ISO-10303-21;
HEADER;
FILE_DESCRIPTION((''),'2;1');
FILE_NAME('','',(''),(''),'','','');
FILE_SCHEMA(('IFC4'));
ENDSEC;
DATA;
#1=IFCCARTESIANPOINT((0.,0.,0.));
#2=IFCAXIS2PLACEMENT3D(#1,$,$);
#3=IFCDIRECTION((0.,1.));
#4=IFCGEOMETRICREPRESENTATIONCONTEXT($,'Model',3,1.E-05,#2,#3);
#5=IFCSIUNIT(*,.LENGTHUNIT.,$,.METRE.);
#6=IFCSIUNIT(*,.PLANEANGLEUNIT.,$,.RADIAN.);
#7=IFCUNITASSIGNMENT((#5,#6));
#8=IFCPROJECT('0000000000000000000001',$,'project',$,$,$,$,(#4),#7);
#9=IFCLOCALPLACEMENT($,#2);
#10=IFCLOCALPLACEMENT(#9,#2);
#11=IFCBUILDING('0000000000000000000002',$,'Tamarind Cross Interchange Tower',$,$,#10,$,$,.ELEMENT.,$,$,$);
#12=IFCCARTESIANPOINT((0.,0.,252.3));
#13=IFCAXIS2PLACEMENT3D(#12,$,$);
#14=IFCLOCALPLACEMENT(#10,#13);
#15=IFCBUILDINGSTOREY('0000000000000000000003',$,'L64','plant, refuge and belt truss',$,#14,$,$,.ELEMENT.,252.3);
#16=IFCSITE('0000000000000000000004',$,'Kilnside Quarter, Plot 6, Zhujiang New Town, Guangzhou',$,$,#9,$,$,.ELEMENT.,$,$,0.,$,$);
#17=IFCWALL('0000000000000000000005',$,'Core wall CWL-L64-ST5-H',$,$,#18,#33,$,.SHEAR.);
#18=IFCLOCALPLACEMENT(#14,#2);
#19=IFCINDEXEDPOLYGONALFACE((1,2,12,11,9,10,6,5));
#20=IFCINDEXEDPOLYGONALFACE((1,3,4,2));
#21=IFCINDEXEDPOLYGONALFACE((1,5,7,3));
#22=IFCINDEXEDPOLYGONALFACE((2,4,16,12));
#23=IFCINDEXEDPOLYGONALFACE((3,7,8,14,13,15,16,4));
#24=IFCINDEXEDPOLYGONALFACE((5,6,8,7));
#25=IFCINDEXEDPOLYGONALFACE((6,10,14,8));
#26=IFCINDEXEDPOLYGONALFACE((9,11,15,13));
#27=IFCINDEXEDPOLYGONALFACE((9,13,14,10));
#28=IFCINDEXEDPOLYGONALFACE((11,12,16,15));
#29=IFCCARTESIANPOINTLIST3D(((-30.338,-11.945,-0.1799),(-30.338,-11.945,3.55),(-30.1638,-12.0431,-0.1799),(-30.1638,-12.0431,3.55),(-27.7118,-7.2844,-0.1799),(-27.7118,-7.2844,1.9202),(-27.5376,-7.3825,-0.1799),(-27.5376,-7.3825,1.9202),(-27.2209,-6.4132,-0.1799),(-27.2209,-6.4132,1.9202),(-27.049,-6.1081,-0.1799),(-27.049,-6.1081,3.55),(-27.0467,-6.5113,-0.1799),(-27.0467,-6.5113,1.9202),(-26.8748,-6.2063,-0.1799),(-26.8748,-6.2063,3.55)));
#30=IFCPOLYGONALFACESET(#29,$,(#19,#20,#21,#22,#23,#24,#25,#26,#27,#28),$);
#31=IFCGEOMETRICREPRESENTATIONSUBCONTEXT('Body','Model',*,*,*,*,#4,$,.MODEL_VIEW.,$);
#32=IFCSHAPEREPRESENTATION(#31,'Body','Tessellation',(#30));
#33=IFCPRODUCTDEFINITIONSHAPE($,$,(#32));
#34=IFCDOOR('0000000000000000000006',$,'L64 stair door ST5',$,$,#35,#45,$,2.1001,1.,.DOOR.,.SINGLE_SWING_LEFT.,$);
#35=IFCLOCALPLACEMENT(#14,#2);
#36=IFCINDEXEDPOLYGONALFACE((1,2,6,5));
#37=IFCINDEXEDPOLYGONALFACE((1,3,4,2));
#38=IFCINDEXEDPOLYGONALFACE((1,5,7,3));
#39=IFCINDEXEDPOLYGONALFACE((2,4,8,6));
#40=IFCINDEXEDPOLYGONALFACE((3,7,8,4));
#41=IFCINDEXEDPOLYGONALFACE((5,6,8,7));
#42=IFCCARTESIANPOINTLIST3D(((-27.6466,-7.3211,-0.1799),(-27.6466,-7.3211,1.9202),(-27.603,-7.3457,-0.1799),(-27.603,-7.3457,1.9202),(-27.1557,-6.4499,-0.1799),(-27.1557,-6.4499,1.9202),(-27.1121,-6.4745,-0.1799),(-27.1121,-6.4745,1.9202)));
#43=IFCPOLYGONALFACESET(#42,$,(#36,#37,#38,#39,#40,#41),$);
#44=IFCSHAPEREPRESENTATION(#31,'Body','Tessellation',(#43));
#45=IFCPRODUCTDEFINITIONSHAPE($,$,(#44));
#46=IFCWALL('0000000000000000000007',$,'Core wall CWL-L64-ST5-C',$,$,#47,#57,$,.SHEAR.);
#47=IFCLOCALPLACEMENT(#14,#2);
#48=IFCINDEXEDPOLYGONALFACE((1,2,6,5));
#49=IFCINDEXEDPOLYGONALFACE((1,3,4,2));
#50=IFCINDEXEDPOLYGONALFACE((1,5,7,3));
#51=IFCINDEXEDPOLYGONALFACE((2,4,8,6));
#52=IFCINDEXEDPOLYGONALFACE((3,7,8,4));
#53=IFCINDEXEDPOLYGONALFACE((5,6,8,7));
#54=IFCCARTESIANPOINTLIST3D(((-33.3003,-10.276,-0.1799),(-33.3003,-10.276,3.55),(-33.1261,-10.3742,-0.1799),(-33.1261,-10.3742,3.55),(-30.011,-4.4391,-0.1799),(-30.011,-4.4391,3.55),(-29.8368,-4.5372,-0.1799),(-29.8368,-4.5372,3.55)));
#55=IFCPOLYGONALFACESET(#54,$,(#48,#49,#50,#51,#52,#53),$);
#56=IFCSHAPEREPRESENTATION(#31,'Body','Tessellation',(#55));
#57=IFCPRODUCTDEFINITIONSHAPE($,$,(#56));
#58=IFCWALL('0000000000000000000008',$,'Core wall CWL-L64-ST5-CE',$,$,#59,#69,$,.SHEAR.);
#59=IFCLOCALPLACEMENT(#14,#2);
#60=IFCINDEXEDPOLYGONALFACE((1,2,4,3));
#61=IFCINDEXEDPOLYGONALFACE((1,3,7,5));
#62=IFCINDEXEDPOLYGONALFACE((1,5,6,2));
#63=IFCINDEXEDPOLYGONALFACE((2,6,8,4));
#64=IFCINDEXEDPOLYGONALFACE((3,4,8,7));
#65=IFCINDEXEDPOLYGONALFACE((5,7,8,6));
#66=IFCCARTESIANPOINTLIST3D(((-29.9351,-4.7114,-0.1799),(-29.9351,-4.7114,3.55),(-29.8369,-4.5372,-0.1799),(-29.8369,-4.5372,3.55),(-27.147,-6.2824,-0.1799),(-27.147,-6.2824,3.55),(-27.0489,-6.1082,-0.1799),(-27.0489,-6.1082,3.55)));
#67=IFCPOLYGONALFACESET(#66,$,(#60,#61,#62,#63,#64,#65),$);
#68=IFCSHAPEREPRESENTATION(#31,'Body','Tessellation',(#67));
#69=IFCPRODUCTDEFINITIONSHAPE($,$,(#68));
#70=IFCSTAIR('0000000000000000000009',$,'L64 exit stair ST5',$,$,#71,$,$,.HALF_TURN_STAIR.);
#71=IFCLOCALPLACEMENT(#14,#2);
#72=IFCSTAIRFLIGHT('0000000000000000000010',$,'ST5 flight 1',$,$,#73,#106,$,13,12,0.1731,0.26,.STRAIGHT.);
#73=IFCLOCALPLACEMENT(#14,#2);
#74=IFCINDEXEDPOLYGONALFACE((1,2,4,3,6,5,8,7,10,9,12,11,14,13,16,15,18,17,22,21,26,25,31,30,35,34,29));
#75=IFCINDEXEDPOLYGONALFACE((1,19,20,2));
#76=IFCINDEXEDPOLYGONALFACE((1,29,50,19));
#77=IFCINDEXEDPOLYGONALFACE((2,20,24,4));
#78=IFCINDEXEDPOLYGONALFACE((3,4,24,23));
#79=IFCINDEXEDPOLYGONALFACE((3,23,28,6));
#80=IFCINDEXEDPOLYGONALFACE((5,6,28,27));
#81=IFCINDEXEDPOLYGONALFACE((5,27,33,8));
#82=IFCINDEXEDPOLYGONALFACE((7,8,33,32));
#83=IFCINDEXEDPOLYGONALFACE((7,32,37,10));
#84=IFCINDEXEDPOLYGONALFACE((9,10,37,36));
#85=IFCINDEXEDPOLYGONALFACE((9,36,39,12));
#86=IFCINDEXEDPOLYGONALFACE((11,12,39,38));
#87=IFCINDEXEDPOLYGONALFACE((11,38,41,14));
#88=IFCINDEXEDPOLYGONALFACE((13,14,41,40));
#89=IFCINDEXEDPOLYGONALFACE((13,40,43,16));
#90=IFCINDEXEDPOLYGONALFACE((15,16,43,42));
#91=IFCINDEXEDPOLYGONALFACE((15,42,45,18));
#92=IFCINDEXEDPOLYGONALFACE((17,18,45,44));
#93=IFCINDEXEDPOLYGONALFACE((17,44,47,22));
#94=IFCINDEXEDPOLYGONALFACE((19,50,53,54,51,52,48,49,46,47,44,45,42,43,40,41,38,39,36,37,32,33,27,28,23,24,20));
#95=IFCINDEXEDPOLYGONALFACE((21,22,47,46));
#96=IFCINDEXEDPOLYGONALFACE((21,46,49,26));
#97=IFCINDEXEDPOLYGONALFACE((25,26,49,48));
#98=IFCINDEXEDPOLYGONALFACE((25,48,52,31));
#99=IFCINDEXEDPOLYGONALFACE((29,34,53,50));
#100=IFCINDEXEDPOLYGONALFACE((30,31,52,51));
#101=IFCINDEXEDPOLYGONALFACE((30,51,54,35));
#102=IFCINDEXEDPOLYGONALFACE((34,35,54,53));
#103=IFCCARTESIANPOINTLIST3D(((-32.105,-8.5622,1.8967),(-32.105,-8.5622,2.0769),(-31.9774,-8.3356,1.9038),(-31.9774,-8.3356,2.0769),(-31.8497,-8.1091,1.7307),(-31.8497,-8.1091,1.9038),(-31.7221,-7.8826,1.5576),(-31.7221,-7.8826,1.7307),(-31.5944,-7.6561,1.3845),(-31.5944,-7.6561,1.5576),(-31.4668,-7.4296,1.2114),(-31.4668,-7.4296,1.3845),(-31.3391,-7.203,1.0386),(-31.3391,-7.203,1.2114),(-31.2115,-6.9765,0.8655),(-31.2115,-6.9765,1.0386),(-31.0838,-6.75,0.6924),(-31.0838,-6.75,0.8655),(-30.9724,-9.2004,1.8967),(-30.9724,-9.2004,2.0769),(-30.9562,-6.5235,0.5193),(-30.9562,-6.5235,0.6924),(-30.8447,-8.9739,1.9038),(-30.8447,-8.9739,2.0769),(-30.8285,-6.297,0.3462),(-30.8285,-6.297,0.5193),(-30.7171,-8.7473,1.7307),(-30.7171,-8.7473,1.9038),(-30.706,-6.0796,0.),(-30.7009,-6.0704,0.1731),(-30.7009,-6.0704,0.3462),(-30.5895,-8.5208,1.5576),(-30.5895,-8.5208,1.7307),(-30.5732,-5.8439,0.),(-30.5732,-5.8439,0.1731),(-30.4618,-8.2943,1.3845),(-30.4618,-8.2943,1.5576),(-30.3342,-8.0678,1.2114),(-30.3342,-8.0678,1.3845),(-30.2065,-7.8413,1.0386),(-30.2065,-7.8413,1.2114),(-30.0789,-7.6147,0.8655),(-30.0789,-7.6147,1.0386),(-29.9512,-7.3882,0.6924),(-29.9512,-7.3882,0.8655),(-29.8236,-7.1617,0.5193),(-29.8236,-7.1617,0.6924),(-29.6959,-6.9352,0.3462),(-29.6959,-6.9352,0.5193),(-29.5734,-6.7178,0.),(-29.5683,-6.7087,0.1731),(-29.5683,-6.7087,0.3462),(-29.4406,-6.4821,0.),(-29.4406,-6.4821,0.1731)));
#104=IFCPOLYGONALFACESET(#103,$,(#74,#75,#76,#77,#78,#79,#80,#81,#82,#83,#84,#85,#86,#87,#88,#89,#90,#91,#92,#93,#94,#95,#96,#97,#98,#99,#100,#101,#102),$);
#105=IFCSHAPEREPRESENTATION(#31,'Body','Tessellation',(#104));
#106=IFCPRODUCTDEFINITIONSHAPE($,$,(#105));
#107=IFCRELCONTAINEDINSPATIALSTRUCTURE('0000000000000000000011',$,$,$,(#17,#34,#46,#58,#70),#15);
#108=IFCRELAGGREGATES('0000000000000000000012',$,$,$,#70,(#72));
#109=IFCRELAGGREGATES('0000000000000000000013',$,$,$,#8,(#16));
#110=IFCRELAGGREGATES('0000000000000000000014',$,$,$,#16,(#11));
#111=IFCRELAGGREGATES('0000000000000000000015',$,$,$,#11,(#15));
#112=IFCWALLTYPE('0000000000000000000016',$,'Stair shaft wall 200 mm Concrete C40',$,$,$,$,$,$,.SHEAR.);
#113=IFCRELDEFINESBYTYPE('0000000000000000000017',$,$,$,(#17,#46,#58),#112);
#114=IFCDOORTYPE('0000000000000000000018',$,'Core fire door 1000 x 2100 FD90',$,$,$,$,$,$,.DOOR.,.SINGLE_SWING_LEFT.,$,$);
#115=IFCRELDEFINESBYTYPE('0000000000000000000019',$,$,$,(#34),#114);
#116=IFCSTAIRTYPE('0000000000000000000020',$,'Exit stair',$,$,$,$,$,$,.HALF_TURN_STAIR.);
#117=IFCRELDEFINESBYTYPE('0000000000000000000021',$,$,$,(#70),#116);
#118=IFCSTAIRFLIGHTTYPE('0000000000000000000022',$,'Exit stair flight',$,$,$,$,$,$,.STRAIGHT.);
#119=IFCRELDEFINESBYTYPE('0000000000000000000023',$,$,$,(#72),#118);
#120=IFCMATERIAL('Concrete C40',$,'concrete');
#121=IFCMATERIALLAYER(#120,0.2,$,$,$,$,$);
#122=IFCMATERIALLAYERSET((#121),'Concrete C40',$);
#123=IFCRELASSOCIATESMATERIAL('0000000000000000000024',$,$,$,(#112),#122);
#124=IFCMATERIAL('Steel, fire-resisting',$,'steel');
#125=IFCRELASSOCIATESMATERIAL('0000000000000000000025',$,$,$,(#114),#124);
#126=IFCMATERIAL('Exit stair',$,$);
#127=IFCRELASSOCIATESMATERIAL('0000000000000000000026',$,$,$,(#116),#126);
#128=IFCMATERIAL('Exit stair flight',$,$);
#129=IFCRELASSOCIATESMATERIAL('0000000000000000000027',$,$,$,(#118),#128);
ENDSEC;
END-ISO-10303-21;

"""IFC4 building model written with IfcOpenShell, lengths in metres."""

from ifc_helpers import new_model, si_unit, direction, frame, frame_2d, origin, place, context, subcontext, project, spatial, polyline, rectangle, outline, extrude, material, layer, layer_set, type_object, element, fill, aggregate, save


model = new_model("IFC4")

# Units and contexts
model_context = context("Model", 3, precision=1e-05, world=origin(), true_north=direction((0.0, 1.0)))
body_context = subcontext(model_context, "Body", "Model", "MODEL_VIEW")
ifc_project = project(units=[si_unit("LENGTHUNIT", "METRE"), si_unit("PLANEANGLEUNIT", "RADIAN")], contexts=[model_context])

# Site, building, storey
site_placement = place(None, origin())
site = spatial("IfcSite", under=ifc_project, at=site_placement, Name="Kilnside Quarter, Plot 6, Zhujiang New Town, Guangzhou", CompositionType="ELEMENT", RefElevation=0.0)
building_placement = place(site_placement, origin())
building = spatial("IfcBuilding", under=site, at=building_placement, Name="Tamarind Cross Interchange Tower", CompositionType="ELEMENT")
storey_placement = place(building_placement, frame((0.0, 0.0, 252.3)))
storey = spatial("IfcBuildingStorey", under=building, at=storey_placement, Name="L64", Description="plant, refuge and belt truss", CompositionType="ELEMENT", Elevation=252.3)

# Wall, opening, door
ifc_material_1 = material(Name="Concrete C40", Category="concrete")
ifc_layer_1 = layer(ifc_material_1, 0.2)
ifc_layer_set_1 = layer_set([ifc_layer_1], Name="Concrete C40")
wall_type_1 = type_object("IfcWallType", Name="Stair shaft wall 200 mm Concrete C40", PredefinedType="SHEAR", material=ifc_layer_set_1)
wall_1_placement = place(storey_placement, frame((-26.9619, -6.1572, -0.1799), z_axis=(0.0, 0.0, 1.0), x_axis=(-0.490919, -0.871205, 0.0)))
wall_1 = element("IfcWall", 1, at=wall_1_placement, inside=storey, type_object=wall_type_1, Name="Core wall CWL-L64-ST5-H", PredefinedType="SHEAR", context=body_context, shape_type="SweptSolid", body=[
    extrude(rectangle(XDim=6.6997, YDim=0.2, at=frame_2d((3.3499, 0.0))), origin(), (0.0, 0.0, 1.0), 3.73),
])
opening_1_placement = place(wall_1_placement, frame((0.3501, 0.0, 0.0)))
opening_1 = element("IfcOpeningElement", 2, at=opening_1_placement, cuts=wall_1, PredefinedType="OPENING", context=body_context, shape_type="SweptSolid", body=[
    extrude(rectangle(XDim=1.0, YDim=2.1001, at=frame_2d((0.5, 1.05))), frame((0.0, 0.1099, 0.0), z_axis=(0.0, -1.0, 0.0), x_axis=(1.0, 0.0, 0.0)), (0.0, 0.0, 1.0), 0.22),
])
ifc_material_2 = material(Name="Steel, fire-resisting", Category="steel")
door_type_1 = type_object("IfcDoorType", Name="Core fire door 1000 x 2100 FD90", OperationType="SINGLE_SWING_LEFT", PredefinedType="DOOR", material=ifc_material_2)
door_1_placement = place(opening_1_placement, origin())
door_1 = element("IfcDoor", 3, at=door_1_placement, inside=storey, type_object=door_type_1, Name="L64 stair door ST5", OperationType="SINGLE_SWING_LEFT", OverallHeight=2.1001, OverallWidth=1.0, PredefinedType="DOOR", context=body_context, shape_type="SweptSolid", body=[
    extrude(rectangle(XDim=1.0, YDim=2.1001, at=frame_2d((0.5, 1.05))), frame((0.0, 0.0249, 0.0), z_axis=(0.0, -1.0, 0.0), x_axis=(1.0, 0.0, 0.0)), (0.0, 0.0, 1.0), 0.05),
])
fill(opening_1, door_1)

# Walls
wall_2_placement = place(storey_placement, frame((-29.9238, -4.488, -0.1799), z_axis=(0.0, 0.0, 1.0), x_axis=(-0.490946, -0.87119, 0.0)))
element("IfcWall", 4, at=wall_2_placement, inside=storey, type_object=wall_type_1, Name="Core wall CWL-L64-ST5-C", PredefinedType="SHEAR", context=body_context, shape_type="SweptSolid", body=[
    extrude(rectangle(XDim=6.7, YDim=0.2, at=frame_2d((3.3501, 0.0))), origin(), (0.0, 0.0, 1.0), 3.73),
])
wall_3_placement = place(storey_placement, frame((-29.886, -4.6243, -0.1799), z_axis=(0.0, 0.0, 1.0), x_axis=(0.871209, -0.490913, 0.0)))
element("IfcWall", 5, at=wall_3_placement, inside=storey, type_object=wall_type_1, Name="Core wall CWL-L64-ST5-CE", PredefinedType="SHEAR", context=body_context, shape_type="SweptSolid", body=[
    extrude(rectangle(XDim=3.2002, YDim=0.2, at=frame_2d((1.6001, 0.0))), origin(), (0.0, 0.0, 1.0), 3.73),
])

# Stair, stair flight
ifc_material_3 = material(Name="Exit stair")
stair_type = type_object("IfcStairType", Name="Exit stair", PredefinedType="HALF_TURN_STAIR", material=ifc_material_3)
stair_placement = place(storey_placement, origin())
stair = element("IfcStair", 6, at=stair_placement, inside=storey, type_object=stair_type, Name="L64 exit stair ST5", PredefinedType="HALF_TURN_STAIR")
ifc_material_4 = material(Name="Exit stair flight")
stair_flight_type = type_object("IfcStairFlightType", Name="Exit stair flight", PredefinedType="STRAIGHT", material=ifc_material_4)
stair_flight_placement = place(storey_placement, frame((-30.0068, -6.1631, 0.0), z_axis=(0.0, 0.0, 1.0), x_axis=(-0.490928, -0.8712, 0.0)))
stair_flight = element("IfcStairFlight", 7, at=stair_flight_placement, type_object=stair_flight_type, Name="ST5 flight 1", NumberOfRisers=13, NumberOfTreads=12, PredefinedType="STRAIGHT", RiserHeight=0.1731, TreadLength=0.26, context=body_context, shape_type="SweptSolid", body=[
    extrude(outline(polyline([(0.0, 0.0), (0.0, 0.1731), (0.26, 0.1731), (0.26, 0.3462), (0.52, 0.3462), (0.52, 0.5193), (0.78, 0.5193), (0.78, 0.6924), (1.04, 0.6924), (1.04, 0.8655), (1.3, 0.8655), (1.3, 1.0386), (1.5601, 1.0386), (1.5601, 1.2114), (1.8201, 1.2114), (1.8201, 1.3845), (2.0801, 1.3845), (2.0801, 1.5576), (2.3401, 1.5576), (2.3401, 1.7307), (2.6001, 1.7307), (2.6001, 1.9038), (2.8601, 1.9038), (2.8601, 2.0769), (3.1201, 2.0769), (3.1201, 2.25), (3.1201, 1.8967), (0.2705, 0.0), (0.0, 0.0)])), frame((0.0, 0.6499, 0.0), z_axis=(0.0, -1.0, 0.0), x_axis=(1.0, 0.0, 0.0)), (0.0, 0.0, 1.0), 1.3),
])
aggregate(stair, [stair_flight])

save(model, "model.ifc")
